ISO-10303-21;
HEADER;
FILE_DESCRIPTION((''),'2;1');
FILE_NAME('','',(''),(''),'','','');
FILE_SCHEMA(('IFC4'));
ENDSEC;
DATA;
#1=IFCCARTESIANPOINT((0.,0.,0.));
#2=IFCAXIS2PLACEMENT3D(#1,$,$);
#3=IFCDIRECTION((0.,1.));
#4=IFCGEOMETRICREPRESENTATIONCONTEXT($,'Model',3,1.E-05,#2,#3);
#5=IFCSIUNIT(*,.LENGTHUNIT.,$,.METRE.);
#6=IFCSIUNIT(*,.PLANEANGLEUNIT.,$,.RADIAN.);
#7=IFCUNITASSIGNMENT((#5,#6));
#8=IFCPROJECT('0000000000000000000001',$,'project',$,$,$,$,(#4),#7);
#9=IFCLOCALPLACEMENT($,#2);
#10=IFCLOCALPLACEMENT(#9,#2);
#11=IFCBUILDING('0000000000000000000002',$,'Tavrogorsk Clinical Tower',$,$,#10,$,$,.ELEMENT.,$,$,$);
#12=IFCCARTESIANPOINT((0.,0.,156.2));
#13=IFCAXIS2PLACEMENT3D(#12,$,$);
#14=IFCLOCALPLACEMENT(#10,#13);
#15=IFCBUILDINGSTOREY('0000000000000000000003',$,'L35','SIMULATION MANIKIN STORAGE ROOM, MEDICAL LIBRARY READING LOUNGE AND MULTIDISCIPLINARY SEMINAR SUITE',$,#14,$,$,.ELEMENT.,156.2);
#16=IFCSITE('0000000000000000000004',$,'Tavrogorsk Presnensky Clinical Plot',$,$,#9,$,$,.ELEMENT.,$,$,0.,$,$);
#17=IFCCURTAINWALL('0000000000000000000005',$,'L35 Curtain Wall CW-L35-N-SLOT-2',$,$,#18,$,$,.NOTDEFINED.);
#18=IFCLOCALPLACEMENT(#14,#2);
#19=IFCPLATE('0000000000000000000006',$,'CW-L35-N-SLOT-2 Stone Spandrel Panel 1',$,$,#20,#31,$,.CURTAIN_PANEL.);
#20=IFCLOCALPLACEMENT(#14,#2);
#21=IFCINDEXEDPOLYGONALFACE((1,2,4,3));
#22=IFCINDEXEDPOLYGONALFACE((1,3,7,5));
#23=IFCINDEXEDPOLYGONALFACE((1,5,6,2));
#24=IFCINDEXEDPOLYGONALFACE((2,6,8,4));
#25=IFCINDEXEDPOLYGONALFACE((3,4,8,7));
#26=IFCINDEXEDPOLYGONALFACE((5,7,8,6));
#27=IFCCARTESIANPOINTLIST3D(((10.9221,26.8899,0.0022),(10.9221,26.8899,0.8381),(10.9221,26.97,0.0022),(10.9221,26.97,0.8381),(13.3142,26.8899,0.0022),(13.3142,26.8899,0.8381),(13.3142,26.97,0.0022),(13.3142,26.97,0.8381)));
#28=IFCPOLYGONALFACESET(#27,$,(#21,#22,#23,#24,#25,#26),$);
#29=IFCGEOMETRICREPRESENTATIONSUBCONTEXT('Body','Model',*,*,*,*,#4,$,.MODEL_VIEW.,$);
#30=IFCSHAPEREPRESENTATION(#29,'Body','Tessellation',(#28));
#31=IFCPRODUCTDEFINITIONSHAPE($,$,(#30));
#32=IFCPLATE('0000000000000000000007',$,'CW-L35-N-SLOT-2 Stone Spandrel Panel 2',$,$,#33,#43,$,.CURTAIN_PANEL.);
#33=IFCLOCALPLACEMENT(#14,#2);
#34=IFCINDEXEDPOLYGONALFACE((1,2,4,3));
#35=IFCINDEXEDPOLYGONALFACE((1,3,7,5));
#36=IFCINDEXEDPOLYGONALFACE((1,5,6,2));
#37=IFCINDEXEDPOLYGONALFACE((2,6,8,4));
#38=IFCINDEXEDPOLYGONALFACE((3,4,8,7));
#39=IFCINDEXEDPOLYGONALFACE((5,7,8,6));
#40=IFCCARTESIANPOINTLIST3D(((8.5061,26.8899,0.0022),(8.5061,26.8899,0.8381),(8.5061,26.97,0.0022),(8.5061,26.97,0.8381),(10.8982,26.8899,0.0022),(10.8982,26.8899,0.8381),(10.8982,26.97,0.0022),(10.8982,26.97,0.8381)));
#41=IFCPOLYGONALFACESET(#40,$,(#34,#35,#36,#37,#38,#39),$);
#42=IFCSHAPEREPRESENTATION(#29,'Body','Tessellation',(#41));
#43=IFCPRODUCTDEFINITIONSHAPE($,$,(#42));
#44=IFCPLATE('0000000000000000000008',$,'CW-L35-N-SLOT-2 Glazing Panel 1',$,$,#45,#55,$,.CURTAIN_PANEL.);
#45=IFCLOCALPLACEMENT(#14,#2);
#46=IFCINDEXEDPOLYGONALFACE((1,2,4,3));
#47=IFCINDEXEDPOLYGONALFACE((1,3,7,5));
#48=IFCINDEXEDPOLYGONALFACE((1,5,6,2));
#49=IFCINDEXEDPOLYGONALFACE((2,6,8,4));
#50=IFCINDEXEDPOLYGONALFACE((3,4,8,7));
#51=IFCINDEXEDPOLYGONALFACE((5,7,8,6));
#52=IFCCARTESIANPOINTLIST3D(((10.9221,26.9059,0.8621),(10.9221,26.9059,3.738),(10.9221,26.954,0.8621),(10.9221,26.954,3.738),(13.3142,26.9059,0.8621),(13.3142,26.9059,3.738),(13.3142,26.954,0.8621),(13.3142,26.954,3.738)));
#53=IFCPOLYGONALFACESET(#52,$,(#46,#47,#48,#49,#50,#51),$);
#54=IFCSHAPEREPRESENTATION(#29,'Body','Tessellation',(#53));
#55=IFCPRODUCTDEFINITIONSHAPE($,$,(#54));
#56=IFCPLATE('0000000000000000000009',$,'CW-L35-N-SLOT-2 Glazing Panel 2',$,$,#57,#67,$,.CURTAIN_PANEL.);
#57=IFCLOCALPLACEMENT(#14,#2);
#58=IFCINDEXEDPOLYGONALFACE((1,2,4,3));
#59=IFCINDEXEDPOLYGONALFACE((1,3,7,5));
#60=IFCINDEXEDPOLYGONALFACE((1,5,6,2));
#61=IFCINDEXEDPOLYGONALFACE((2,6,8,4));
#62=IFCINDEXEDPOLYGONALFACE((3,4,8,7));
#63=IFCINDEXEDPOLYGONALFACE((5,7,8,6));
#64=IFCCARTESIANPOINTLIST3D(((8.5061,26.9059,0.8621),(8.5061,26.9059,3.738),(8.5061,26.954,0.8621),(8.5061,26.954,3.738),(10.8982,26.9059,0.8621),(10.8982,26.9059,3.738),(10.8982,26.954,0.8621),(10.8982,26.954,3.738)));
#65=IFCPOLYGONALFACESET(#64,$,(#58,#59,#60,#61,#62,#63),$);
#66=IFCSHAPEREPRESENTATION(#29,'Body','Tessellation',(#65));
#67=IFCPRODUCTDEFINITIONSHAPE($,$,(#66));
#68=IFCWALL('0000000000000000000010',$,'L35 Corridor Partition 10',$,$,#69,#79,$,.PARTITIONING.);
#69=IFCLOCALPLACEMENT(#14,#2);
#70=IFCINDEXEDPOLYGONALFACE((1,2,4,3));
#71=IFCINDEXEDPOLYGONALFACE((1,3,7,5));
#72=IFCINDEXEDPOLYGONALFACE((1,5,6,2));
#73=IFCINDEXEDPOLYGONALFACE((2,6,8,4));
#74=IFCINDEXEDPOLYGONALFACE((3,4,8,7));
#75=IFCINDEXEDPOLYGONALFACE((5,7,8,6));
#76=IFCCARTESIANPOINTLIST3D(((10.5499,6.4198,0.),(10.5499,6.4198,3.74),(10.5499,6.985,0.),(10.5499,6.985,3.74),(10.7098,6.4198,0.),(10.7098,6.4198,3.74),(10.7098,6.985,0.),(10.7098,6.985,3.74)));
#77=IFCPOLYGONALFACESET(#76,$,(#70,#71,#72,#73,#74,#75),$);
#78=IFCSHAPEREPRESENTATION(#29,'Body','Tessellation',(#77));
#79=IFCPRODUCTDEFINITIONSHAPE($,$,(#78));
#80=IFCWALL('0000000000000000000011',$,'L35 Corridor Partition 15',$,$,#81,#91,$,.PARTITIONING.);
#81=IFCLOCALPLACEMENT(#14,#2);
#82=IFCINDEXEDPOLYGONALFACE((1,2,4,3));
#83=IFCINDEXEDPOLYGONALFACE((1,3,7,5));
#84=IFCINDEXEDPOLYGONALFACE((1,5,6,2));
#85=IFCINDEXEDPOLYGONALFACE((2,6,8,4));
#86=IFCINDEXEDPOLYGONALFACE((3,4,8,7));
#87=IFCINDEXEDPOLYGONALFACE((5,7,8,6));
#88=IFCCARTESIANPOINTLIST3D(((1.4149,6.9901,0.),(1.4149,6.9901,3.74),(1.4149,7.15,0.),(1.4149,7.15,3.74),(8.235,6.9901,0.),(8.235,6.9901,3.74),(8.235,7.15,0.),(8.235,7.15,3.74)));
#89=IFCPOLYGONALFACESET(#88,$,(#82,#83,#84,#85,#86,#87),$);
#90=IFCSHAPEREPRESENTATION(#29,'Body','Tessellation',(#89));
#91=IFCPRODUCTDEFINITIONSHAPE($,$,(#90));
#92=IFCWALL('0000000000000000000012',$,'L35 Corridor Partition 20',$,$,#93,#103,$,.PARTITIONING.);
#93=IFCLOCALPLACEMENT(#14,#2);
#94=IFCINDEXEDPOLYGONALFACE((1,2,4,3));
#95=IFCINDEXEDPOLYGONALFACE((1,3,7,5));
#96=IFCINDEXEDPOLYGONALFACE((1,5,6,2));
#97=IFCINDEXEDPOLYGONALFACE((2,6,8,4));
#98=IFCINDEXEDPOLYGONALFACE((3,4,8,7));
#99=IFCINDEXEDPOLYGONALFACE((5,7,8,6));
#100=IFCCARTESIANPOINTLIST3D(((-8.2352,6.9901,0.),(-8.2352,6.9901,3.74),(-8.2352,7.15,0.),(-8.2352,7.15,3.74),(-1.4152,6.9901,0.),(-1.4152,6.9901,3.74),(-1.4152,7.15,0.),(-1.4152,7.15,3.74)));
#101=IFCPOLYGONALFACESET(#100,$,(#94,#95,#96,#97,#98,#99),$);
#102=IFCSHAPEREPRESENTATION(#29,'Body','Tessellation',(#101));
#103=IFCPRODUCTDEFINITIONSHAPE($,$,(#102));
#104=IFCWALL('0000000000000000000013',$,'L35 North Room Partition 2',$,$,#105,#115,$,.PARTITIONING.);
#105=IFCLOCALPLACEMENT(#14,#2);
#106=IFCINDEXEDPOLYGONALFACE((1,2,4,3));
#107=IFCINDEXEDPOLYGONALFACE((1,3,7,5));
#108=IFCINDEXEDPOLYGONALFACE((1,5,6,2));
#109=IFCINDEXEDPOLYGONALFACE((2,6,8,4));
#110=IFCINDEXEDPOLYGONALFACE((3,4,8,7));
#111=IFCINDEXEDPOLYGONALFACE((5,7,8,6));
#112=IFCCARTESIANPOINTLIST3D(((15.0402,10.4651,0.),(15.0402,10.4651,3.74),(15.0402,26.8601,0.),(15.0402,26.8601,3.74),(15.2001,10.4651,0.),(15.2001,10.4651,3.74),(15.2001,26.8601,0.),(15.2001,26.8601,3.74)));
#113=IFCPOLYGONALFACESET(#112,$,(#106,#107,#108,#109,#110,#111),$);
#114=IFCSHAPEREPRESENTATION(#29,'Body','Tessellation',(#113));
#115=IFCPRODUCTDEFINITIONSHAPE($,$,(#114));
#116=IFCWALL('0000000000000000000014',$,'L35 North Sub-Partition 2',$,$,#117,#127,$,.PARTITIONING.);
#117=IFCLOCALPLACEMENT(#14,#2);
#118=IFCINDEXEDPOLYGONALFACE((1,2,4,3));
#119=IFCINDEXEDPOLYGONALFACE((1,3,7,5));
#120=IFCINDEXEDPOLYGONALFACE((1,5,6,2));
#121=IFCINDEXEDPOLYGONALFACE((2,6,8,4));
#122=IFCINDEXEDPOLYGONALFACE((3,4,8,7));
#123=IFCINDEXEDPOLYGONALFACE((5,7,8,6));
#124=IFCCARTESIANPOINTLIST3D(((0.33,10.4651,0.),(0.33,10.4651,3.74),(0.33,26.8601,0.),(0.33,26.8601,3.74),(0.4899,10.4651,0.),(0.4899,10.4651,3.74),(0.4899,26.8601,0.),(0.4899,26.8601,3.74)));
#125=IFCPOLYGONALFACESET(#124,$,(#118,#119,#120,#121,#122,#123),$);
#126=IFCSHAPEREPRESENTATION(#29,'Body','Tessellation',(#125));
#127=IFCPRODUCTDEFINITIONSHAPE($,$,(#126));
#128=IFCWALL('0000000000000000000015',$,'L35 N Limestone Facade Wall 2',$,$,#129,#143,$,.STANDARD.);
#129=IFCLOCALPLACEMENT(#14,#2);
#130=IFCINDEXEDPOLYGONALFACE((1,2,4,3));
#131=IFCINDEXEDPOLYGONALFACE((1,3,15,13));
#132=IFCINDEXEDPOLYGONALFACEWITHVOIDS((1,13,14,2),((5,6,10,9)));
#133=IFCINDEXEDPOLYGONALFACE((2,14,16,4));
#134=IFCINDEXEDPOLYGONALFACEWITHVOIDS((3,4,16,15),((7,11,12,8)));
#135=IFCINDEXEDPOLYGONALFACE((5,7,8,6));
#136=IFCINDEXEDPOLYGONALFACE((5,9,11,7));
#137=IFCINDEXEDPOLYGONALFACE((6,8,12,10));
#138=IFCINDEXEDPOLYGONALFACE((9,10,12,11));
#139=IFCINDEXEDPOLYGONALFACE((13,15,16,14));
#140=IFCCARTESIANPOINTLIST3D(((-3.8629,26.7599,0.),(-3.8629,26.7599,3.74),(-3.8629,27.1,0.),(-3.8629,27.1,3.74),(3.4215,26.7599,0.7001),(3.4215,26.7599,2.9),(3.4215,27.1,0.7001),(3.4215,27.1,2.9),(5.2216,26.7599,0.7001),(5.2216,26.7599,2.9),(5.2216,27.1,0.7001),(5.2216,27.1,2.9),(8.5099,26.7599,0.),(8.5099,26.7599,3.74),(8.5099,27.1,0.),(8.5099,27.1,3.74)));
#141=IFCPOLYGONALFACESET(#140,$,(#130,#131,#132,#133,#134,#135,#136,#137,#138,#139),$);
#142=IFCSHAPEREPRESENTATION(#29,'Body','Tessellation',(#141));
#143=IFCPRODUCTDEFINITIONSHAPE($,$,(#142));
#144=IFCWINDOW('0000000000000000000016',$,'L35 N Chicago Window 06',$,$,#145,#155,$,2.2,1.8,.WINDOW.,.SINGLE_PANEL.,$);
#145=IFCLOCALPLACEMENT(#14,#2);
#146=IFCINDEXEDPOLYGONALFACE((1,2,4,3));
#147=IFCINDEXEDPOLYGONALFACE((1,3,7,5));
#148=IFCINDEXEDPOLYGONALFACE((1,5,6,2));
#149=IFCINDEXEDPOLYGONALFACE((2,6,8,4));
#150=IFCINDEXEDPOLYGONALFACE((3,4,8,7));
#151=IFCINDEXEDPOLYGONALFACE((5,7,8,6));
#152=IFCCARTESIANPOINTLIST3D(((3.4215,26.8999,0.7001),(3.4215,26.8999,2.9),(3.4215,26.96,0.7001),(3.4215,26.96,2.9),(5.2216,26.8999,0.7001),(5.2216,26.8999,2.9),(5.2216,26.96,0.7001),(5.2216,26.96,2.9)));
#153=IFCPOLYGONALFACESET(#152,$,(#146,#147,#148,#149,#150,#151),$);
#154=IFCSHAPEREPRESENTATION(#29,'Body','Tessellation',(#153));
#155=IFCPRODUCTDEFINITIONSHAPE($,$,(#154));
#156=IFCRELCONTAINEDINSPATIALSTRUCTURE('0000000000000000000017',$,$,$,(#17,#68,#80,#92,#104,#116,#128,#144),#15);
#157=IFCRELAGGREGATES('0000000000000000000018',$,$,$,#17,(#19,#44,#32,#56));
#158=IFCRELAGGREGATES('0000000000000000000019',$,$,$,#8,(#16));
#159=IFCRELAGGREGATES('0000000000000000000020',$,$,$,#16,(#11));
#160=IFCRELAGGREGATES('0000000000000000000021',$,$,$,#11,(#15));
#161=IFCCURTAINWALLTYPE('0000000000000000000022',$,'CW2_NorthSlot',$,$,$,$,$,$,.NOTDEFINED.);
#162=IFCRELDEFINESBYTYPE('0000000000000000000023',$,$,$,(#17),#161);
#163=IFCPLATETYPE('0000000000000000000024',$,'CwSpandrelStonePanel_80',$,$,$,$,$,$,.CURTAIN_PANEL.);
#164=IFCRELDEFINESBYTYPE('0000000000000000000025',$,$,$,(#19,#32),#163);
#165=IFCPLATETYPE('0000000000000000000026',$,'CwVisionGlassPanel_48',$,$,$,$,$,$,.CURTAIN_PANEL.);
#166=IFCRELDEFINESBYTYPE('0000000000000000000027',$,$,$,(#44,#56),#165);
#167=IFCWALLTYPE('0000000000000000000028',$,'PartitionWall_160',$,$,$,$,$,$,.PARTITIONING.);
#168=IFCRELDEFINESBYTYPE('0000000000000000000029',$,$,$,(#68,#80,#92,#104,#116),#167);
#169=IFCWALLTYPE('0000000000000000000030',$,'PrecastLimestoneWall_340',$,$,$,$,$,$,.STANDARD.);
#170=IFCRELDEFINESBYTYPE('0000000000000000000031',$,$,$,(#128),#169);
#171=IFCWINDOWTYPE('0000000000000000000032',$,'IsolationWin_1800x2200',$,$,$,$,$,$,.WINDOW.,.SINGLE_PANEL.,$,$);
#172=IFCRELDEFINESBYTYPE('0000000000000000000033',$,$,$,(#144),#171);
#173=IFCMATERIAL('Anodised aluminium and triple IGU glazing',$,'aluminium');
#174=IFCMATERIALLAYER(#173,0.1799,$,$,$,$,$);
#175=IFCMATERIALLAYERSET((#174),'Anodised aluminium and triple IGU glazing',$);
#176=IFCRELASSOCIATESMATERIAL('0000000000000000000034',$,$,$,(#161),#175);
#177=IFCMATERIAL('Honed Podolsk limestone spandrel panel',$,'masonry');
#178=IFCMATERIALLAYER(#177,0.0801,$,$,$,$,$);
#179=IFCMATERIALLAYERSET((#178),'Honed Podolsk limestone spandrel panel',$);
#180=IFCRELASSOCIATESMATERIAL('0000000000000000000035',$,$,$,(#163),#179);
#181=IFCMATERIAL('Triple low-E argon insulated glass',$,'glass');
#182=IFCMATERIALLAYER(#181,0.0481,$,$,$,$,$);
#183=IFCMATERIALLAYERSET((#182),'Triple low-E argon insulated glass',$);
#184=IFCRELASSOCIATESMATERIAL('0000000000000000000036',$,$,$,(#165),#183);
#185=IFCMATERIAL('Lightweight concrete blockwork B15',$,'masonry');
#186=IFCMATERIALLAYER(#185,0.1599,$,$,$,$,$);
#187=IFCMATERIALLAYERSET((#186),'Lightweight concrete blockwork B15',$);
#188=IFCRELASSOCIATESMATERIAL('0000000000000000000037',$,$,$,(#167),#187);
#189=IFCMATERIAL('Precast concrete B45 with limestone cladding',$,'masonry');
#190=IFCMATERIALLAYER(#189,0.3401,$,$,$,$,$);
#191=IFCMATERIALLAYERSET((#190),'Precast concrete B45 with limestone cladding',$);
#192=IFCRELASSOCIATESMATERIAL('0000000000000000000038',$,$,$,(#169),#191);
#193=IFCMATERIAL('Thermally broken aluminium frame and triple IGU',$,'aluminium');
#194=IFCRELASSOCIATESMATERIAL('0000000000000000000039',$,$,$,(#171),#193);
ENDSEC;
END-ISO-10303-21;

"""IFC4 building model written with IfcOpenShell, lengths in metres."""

from ifc_helpers import new_model, si_unit, direction, frame, frame_2d, origin, origin_2d, place, context, subcontext, project, spatial, rectangle, extrude, material, layer, layer_set, type_object, element, fill, aggregate, save


model = new_model("IFC4")

# Units and contexts
model_context = context("Model", 3, precision=1e-05, world=origin(), true_north=direction((0.0, 1.0)))
body_context = subcontext(model_context, "Body", "Model", "MODEL_VIEW")
ifc_project = project(units=[si_unit("LENGTHUNIT", "METRE"), si_unit("PLANEANGLEUNIT", "RADIAN")], contexts=[model_context])

# Site, building, storey
site_placement = place(None, origin())
site = spatial("IfcSite", under=ifc_project, at=site_placement, Name="Tavrogorsk Presnensky Clinical Plot", CompositionType="ELEMENT", RefElevation=0.0)
building_placement = place(site_placement, origin())
building = spatial("IfcBuilding", under=site, at=building_placement, Name="Tavrogorsk Clinical Tower", CompositionType="ELEMENT")
storey_placement = place(building_placement, frame((0.0, 0.0, 156.2)))
storey = spatial("IfcBuildingStorey", under=building, at=storey_placement, Name="L35", Description="SIMULATION MANIKIN STORAGE ROOM, MEDICAL LIBRARY READING LOUNGE AND MULTIDISCIPLINARY SEMINAR SUITE", CompositionType="ELEMENT", Elevation=156.2)

# Curtain wall
ifc_material_1 = material(Name="Anodised aluminium and triple IGU glazing", Category="aluminium")
ifc_layer_1 = layer(ifc_material_1, 0.1799)
ifc_layer_set_1 = layer_set([ifc_layer_1], Name="Anodised aluminium and triple IGU glazing")
curtain_wall_type = type_object("IfcCurtainWallType", Name="CW2_NorthSlot", PredefinedType="NOTDEFINED", material=ifc_layer_set_1)
curtain_wall_placement = place(storey_placement, origin())
curtain_wall = element("IfcCurtainWall", 1, at=curtain_wall_placement, inside=storey, type_object=curtain_wall_type, Name="L35 Curtain Wall CW-L35-N-SLOT-2", PredefinedType="NOTDEFINED")

# Plates
ifc_material_2 = material(Name="Honed Podolsk limestone spandrel panel", Category="masonry")
ifc_layer_2 = layer(ifc_material_2, 0.0801)
ifc_layer_set_2 = layer_set([ifc_layer_2], Name="Honed Podolsk limestone spandrel panel")
plate_type_1 = type_object("IfcPlateType", Name="CwSpandrelStonePanel_80", PredefinedType="CURTAIN_PANEL", material=ifc_layer_set_2)
plate_1_placement = place(storey_placement, frame((12.1182, 26.9299, 0.0022), z_axis=(0.0, 0.0, 1.0), x_axis=(-1.0, 0.0, 0.0)))
plate_1 = element("IfcPlate", 2, at=plate_1_placement, type_object=plate_type_1, Name="CW-L35-N-SLOT-2 Stone Spandrel Panel 1", PredefinedType="CURTAIN_PANEL", context=body_context, shape_type="SweptSolid", body=[
    extrude(rectangle(XDim=2.3921, YDim=0.0801, at=origin_2d()), origin(), (0.0, 0.0, 1.0), 0.8359),
])
plate_2_placement = place(storey_placement, frame((9.7021, 26.9299, 0.0022), z_axis=(0.0, 0.0, 1.0), x_axis=(-1.0, 0.0, 0.0)))
plate_2 = element("IfcPlate", 3, at=plate_2_placement, type_object=plate_type_1, Name="CW-L35-N-SLOT-2 Stone Spandrel Panel 2", PredefinedType="CURTAIN_PANEL", context=body_context, shape_type="SweptSolid", body=[
    extrude(rectangle(XDim=2.3921, YDim=0.0801, at=origin_2d()), origin(), (0.0, 0.0, 1.0), 0.8359),
])
ifc_material_3 = material(Name="Triple low-E argon insulated glass", Category="glass")
ifc_layer_3 = layer(ifc_material_3, 0.0481)
ifc_layer_set_3 = layer_set([ifc_layer_3], Name="Triple low-E argon insulated glass")
plate_type_2 = type_object("IfcPlateType", Name="CwVisionGlassPanel_48", PredefinedType="CURTAIN_PANEL", material=ifc_layer_set_3)
plate_3_placement = place(storey_placement, frame((12.1182, 26.9299, 0.8621), z_axis=(0.0, 0.0, 1.0), x_axis=(-1.0, 0.0, 0.0)))
plate_3 = element("IfcPlate", 4, at=plate_3_placement, type_object=plate_type_2, Name="CW-L35-N-SLOT-2 Glazing Panel 1", PredefinedType="CURTAIN_PANEL", context=body_context, shape_type="SweptSolid", body=[
    extrude(rectangle(XDim=2.3921, YDim=0.0481, at=origin_2d()), origin(), (0.0, 0.0, 1.0), 2.876),
])
plate_4_placement = place(storey_placement, frame((9.7021, 26.9299, 0.8621), z_axis=(0.0, 0.0, 1.0), x_axis=(-1.0, 0.0, 0.0)))
plate_4 = element("IfcPlate", 5, at=plate_4_placement, type_object=plate_type_2, Name="CW-L35-N-SLOT-2 Glazing Panel 2", PredefinedType="CURTAIN_PANEL", context=body_context, shape_type="SweptSolid", body=[
    extrude(rectangle(XDim=2.3921, YDim=0.0481, at=origin_2d()), origin(), (0.0, 0.0, 1.0), 2.876),
])
aggregate(curtain_wall, [plate_1, plate_3, plate_2, plate_4])

# Walls
ifc_material_4 = material(Name="Lightweight concrete blockwork B15", Category="masonry")
ifc_layer_4 = layer(ifc_material_4, 0.1599)
ifc_layer_set_4 = layer_set([ifc_layer_4], Name="Lightweight concrete blockwork B15")
wall_type_1 = type_object("IfcWallType", Name="PartitionWall_160", PredefinedType="PARTITIONING", material=ifc_layer_set_4)
wall_1_placement = place(storey_placement, frame((10.6299, 6.9851, 0.0), z_axis=(0.0, 0.0, 1.0), x_axis=(0.0, -1.0, 0.0)))
element("IfcWall", 6, at=wall_1_placement, inside=storey, type_object=wall_type_1, Name="L35 Corridor Partition 10", PredefinedType="PARTITIONING", context=body_context, shape_type="SweptSolid", body=[
    extrude(rectangle(XDim=0.5652, YDim=0.1599, at=frame_2d((0.2827, 0.0))), origin(), (0.0, 0.0, 1.0), 3.74),
])
for number, where, z_axis, x_axis, name in (
    (7, (8.2351, 7.0701, 0.0), (0.0, 0.0, 1.0), (-1.0, 0.0, 0.0), "L35 Corridor Partition 15"),
    (8, (-1.415, 7.0701, 0.0), (0.0, 0.0, 1.0), (-1.0, 0.0, 0.0), "L35 Corridor Partition 20"),
):
    element("IfcWall", number, at=place(storey_placement, frame(where, z_axis=z_axis, x_axis=x_axis)), inside=storey, type_object=wall_type_1, Name=name, PredefinedType="PARTITIONING", context=body_context, shape_type="SweptSolid", body=[
        extrude(rectangle(XDim=6.8201, YDim=0.1599, at=frame_2d((3.4102, 0.0))), origin(), (0.0, 0.0, 1.0), 3.74),
    ])
for number, where, z_axis, x_axis, name in (
    (9, (15.1201, 10.4651, 0.0), (0.0, 0.0, 1.0), (0.0, 1.0, 0.0), "L35 North Room Partition 2"),
    (10, (0.4099, 10.4651, 0.0), (0.0, 0.0, 1.0), (0.0, 1.0, 0.0), "L35 North Sub-Partition 2"),
):
    element("IfcWall", number, at=place(storey_placement, frame(where, z_axis=z_axis, x_axis=x_axis)), inside=storey, type_object=wall_type_1, Name=name, PredefinedType="PARTITIONING", context=body_context, shape_type="SweptSolid", body=[
        extrude(rectangle(XDim=16.395, YDim=0.1599, at=frame_2d((8.1975, 0.0))), origin(), (0.0, 0.0, 1.0), 3.74),
    ])

# Wall, opening, window
ifc_material_5 = material(Name="Precast concrete B45 with limestone cladding", Category="masonry")
ifc_layer_5 = layer(ifc_material_5, 0.3401)
ifc_layer_set_5 = layer_set([ifc_layer_5], Name="Precast concrete B45 with limestone cladding")
wall_type_2 = type_object("IfcWallType", Name="PrecastLimestoneWall_340", PredefinedType="STANDARD", material=ifc_layer_set_5)
wall_2_placement = place(storey_placement, frame((8.51, 26.9299, 0.0), z_axis=(0.0, 0.0, 1.0), x_axis=(-1.0, 0.0, 0.0)))
wall_2 = element("IfcWall", 11, at=wall_2_placement, inside=storey, type_object=wall_type_2, Name="L35 N Limestone Facade Wall 2", PredefinedType="STANDARD", context=body_context, shape_type="SweptSolid", body=[
    extrude(rectangle(XDim=12.3728, YDim=0.3401, at=frame_2d((6.1865, 0.0))), origin(), (0.0, 0.0, 1.0), 3.74),
])
opening_placement = place(wall_2_placement, frame((3.2886, 0.0, 0.7)))
opening = element("IfcOpeningElement", 12, at=opening_placement, cuts=wall_2, PredefinedType="OPENING", context=body_context, shape_type="SweptSolid", body=[
    extrude(rectangle(XDim=1.8, YDim=2.2, at=frame_2d((0.8999, 1.1001))), frame((0.0, 0.1799, 0.0), z_axis=(0.0, -1.0, 0.0), x_axis=(1.0, 0.0, 0.0)), (0.0, 0.0, 1.0), 0.3601),
])
ifc_material_6 = material(Name="Thermally broken aluminium frame and triple IGU", Category="aluminium")
window_type = type_object("IfcWindowType", Name="IsolationWin_1800x2200", PartitioningType="SINGLE_PANEL", PredefinedType="WINDOW", material=ifc_material_6)
window_placement = place(opening_placement, origin())
window = element("IfcWindow", 13, at=window_placement, inside=storey, type_object=window_type, Name="L35 N Chicago Window 06", OverallHeight=2.2, OverallWidth=1.8, PartitioningType="SINGLE_PANEL", PredefinedType="WINDOW", context=body_context, shape_type="SweptSolid", body=[
    extrude(rectangle(XDim=1.8, YDim=2.2, at=frame_2d((0.8999, 1.1001))), frame((0.0, 0.03, 0.0), z_axis=(0.0, -1.0, 0.0), x_axis=(1.0, 0.0, 0.0)), (0.0, 0.0, 1.0), 0.0601),
])
fill(opening, window)

save(model, "model.ifc")
